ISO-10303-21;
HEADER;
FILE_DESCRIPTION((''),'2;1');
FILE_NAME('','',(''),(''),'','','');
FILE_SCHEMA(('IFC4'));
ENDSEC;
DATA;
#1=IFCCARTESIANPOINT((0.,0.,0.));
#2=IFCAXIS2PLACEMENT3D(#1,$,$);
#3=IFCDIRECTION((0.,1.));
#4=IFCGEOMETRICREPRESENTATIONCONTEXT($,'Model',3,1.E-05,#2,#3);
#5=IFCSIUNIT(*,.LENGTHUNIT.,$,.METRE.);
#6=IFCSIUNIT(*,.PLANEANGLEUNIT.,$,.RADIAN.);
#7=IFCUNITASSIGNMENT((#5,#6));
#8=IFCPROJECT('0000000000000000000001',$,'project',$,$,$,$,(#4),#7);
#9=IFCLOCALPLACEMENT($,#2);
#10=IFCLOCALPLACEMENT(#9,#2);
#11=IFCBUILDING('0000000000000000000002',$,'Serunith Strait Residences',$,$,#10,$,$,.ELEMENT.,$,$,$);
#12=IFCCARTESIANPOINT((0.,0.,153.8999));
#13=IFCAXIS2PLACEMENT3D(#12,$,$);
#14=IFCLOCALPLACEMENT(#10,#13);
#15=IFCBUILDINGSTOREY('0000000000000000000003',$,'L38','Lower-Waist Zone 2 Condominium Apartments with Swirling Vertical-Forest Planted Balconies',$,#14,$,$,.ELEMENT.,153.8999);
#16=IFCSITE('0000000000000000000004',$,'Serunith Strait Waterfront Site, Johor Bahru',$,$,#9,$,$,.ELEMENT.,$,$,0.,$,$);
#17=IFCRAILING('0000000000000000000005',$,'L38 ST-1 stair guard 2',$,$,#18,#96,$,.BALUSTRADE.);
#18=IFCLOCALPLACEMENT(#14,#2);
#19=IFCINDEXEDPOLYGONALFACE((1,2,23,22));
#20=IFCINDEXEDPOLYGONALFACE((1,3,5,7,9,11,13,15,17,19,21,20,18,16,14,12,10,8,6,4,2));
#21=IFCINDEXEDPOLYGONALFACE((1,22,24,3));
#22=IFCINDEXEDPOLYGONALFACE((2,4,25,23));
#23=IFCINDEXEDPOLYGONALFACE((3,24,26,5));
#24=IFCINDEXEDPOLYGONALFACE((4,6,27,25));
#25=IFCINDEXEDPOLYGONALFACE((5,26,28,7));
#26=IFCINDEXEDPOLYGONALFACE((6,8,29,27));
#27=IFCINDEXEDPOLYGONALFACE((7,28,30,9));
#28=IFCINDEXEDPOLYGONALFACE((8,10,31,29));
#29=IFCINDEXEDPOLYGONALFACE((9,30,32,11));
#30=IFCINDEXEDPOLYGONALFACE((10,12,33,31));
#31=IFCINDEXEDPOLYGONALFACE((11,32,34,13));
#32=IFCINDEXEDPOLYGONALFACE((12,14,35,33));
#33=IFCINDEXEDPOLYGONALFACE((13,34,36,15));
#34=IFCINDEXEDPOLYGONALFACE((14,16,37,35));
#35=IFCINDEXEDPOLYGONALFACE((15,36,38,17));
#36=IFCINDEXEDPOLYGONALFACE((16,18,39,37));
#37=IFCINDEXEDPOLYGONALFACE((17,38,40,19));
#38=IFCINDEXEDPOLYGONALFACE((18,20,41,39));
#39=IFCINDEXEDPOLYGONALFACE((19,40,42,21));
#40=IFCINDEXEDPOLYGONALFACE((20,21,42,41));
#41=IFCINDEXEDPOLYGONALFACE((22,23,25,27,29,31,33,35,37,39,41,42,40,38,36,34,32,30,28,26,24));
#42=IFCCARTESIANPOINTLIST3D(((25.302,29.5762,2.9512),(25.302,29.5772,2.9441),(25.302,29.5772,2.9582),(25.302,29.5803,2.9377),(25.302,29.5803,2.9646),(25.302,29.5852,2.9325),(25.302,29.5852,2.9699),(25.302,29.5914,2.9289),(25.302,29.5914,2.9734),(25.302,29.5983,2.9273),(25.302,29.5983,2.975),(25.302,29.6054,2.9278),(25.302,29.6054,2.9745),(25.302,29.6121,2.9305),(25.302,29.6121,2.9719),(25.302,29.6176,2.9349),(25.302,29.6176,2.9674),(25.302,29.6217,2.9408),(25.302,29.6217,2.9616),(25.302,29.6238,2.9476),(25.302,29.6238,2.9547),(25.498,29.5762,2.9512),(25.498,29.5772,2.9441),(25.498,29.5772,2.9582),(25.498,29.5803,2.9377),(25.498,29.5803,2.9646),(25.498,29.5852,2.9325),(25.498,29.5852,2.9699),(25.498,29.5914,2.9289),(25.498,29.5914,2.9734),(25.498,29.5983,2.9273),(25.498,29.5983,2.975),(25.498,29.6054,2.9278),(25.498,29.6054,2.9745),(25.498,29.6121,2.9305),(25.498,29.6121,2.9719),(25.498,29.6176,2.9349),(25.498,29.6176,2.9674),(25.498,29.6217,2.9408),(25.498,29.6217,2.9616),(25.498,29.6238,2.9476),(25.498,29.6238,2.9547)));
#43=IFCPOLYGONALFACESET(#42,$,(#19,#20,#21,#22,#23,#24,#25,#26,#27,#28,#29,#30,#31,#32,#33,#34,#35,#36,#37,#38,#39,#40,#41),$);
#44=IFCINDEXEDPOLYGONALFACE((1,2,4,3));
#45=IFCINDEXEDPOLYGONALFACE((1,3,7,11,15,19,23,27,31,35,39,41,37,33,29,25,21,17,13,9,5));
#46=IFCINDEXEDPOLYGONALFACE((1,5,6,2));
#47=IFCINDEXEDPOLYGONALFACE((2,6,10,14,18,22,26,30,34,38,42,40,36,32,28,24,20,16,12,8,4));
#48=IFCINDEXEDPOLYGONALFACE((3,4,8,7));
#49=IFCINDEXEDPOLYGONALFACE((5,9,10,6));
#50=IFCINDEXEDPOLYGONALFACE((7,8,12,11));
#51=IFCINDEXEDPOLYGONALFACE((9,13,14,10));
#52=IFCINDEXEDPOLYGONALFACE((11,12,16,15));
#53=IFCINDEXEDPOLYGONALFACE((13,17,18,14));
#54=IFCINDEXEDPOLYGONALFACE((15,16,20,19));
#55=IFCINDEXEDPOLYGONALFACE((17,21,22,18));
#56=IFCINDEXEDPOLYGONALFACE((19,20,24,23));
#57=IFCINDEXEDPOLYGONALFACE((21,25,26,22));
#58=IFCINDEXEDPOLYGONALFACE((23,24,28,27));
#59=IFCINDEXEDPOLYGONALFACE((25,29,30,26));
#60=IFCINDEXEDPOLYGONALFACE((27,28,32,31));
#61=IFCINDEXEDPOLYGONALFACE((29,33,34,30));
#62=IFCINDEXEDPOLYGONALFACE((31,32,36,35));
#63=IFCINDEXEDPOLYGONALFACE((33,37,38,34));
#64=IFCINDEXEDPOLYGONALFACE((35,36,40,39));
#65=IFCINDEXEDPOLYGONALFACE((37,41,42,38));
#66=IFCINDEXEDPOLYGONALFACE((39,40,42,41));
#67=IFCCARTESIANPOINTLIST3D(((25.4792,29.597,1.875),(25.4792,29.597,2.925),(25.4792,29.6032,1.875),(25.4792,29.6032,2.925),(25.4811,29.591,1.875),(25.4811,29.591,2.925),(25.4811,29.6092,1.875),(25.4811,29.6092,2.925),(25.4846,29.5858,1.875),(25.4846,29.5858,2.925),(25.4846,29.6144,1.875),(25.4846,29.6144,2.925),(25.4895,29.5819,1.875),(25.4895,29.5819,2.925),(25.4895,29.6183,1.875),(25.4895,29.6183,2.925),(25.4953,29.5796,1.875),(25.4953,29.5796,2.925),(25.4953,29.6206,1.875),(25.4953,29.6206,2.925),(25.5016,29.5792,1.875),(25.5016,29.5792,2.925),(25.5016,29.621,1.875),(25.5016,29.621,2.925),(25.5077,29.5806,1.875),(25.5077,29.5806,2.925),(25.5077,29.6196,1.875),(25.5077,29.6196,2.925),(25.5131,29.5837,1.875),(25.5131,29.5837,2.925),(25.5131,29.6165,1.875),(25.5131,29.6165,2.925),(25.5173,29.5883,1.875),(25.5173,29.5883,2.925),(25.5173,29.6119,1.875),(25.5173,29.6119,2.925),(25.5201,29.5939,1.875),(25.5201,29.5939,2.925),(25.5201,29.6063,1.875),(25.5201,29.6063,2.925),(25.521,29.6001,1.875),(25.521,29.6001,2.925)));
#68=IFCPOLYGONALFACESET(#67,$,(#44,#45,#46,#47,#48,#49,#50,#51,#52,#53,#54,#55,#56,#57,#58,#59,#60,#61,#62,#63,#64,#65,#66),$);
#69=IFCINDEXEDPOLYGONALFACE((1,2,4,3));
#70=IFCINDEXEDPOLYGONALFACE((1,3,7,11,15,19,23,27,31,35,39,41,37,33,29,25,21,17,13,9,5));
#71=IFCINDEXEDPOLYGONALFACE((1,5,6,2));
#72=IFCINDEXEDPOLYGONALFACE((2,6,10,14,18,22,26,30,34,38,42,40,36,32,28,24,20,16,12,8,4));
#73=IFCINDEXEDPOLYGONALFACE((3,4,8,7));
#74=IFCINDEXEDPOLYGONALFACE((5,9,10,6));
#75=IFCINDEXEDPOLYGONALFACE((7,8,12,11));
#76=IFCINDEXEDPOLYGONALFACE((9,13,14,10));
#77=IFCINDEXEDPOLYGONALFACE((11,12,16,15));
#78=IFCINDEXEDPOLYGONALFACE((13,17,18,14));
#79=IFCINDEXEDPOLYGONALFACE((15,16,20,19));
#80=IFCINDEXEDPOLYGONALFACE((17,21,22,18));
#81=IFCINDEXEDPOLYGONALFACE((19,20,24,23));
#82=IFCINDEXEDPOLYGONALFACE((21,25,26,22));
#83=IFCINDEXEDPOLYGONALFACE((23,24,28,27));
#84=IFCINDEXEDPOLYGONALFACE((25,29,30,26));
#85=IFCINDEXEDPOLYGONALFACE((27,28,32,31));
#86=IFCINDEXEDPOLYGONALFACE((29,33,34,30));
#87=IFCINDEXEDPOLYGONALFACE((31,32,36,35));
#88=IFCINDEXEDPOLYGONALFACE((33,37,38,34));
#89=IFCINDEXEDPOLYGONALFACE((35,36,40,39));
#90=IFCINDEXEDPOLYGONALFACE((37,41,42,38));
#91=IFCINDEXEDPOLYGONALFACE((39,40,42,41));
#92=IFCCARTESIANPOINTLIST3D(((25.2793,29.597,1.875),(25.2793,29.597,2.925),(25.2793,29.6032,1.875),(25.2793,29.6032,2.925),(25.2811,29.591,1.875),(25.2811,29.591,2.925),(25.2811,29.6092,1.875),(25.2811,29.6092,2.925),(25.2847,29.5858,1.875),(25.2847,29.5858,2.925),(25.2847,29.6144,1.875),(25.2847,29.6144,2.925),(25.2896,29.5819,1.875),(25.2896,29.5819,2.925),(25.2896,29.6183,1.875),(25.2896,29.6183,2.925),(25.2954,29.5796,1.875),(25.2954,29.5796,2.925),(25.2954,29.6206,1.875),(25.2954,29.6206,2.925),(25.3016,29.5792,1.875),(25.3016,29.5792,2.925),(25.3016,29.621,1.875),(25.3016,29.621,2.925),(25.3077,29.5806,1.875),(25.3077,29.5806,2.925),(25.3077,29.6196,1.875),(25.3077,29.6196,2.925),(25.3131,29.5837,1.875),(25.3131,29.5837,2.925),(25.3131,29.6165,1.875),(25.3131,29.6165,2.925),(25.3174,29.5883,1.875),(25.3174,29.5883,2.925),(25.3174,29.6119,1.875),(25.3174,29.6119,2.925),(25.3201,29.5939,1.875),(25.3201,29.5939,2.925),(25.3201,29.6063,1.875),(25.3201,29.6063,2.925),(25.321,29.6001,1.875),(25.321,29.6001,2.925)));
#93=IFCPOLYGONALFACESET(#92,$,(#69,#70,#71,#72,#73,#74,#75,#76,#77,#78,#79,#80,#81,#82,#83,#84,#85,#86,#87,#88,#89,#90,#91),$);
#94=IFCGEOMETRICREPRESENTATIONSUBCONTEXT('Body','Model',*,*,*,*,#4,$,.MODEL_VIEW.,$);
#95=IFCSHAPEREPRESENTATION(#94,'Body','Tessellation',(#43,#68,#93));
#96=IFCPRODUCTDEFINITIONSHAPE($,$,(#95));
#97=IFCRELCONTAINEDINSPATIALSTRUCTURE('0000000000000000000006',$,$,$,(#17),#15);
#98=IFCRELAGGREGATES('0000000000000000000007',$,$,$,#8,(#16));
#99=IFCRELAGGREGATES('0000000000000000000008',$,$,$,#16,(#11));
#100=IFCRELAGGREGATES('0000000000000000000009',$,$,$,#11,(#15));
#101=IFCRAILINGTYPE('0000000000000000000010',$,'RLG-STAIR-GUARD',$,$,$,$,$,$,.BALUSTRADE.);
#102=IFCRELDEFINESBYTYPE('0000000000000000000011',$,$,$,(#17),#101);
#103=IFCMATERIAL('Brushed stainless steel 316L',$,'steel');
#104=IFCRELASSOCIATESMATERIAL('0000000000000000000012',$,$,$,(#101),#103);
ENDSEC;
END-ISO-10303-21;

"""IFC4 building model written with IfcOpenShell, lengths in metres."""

from ifc_helpers import new_model, si_unit, direction, frame, origin, origin_2d, place, context, subcontext, project, spatial, circle, extrude, material, type_object, element, save


model = new_model("IFC4")

# Units and contexts
model_context = context("Model", 3, precision=1e-05, world=origin(), true_north=direction((0.0, 1.0)))
body_context = subcontext(model_context, "Body", "Model", "MODEL_VIEW")
ifc_project = project(units=[si_unit("LENGTHUNIT", "METRE"), si_unit("PLANEANGLEUNIT", "RADIAN")], contexts=[model_context])

# Site, building, storey
site_placement = place(None, origin())
site = spatial("IfcSite", under=ifc_project, at=site_placement, Name="Serunith Strait Waterfront Site, Johor Bahru", CompositionType="ELEMENT", RefElevation=0.0)
building_placement = place(site_placement, origin())
building = spatial("IfcBuilding", under=site, at=building_placement, Name="Serunith Strait Residences", CompositionType="ELEMENT")
storey_placement = place(building_placement, frame((0.0, 0.0, 153.8999)))
storey = spatial("IfcBuildingStorey", under=building, at=storey_placement, Name="L38", Description="Lower-Waist Zone 2 Condominium Apartments with Swirling Vertical-Forest Planted Balconies", CompositionType="ELEMENT", Elevation=153.8999)

# Railing
ifc_material_1 = material(Name="Brushed stainless steel 316L", Category="steel")
railing_type_1 = type_object("IfcRailingType", Name="RLG-STAIR-GUARD", PredefinedType="BALUSTRADE", material=ifc_material_1)
railing_1_placement = place(storey_placement, frame((25.5, 29.6001, 1.875)))
element("IfcRailing", 1, at=railing_1_placement, inside=storey, type_object=railing_type_1, Name="L38 ST-1 stair guard 2", PredefinedType="BALUSTRADE", context=body_context, shape_type="SweptSolid", body=[
    extrude(circle(Radius=0.0239, at=origin_2d()), frame((-0.002, 0.0, 1.0762), z_axis=(-1.0, 0.0, 0.0), x_axis=(0.0, -1.0, 0.0)), (0.0, 0.0, 1.0), 0.196),
    extrude(circle(Radius=0.021, at=origin_2d()), origin(), (0.0, 0.0, 1.0), 1.05),
    extrude(circle(Radius=0.021, at=origin_2d()), frame((-0.2, 0.0, 0.0)), (0.0, 0.0, 1.0), 1.05),
])

save(model, "model.ifc")
